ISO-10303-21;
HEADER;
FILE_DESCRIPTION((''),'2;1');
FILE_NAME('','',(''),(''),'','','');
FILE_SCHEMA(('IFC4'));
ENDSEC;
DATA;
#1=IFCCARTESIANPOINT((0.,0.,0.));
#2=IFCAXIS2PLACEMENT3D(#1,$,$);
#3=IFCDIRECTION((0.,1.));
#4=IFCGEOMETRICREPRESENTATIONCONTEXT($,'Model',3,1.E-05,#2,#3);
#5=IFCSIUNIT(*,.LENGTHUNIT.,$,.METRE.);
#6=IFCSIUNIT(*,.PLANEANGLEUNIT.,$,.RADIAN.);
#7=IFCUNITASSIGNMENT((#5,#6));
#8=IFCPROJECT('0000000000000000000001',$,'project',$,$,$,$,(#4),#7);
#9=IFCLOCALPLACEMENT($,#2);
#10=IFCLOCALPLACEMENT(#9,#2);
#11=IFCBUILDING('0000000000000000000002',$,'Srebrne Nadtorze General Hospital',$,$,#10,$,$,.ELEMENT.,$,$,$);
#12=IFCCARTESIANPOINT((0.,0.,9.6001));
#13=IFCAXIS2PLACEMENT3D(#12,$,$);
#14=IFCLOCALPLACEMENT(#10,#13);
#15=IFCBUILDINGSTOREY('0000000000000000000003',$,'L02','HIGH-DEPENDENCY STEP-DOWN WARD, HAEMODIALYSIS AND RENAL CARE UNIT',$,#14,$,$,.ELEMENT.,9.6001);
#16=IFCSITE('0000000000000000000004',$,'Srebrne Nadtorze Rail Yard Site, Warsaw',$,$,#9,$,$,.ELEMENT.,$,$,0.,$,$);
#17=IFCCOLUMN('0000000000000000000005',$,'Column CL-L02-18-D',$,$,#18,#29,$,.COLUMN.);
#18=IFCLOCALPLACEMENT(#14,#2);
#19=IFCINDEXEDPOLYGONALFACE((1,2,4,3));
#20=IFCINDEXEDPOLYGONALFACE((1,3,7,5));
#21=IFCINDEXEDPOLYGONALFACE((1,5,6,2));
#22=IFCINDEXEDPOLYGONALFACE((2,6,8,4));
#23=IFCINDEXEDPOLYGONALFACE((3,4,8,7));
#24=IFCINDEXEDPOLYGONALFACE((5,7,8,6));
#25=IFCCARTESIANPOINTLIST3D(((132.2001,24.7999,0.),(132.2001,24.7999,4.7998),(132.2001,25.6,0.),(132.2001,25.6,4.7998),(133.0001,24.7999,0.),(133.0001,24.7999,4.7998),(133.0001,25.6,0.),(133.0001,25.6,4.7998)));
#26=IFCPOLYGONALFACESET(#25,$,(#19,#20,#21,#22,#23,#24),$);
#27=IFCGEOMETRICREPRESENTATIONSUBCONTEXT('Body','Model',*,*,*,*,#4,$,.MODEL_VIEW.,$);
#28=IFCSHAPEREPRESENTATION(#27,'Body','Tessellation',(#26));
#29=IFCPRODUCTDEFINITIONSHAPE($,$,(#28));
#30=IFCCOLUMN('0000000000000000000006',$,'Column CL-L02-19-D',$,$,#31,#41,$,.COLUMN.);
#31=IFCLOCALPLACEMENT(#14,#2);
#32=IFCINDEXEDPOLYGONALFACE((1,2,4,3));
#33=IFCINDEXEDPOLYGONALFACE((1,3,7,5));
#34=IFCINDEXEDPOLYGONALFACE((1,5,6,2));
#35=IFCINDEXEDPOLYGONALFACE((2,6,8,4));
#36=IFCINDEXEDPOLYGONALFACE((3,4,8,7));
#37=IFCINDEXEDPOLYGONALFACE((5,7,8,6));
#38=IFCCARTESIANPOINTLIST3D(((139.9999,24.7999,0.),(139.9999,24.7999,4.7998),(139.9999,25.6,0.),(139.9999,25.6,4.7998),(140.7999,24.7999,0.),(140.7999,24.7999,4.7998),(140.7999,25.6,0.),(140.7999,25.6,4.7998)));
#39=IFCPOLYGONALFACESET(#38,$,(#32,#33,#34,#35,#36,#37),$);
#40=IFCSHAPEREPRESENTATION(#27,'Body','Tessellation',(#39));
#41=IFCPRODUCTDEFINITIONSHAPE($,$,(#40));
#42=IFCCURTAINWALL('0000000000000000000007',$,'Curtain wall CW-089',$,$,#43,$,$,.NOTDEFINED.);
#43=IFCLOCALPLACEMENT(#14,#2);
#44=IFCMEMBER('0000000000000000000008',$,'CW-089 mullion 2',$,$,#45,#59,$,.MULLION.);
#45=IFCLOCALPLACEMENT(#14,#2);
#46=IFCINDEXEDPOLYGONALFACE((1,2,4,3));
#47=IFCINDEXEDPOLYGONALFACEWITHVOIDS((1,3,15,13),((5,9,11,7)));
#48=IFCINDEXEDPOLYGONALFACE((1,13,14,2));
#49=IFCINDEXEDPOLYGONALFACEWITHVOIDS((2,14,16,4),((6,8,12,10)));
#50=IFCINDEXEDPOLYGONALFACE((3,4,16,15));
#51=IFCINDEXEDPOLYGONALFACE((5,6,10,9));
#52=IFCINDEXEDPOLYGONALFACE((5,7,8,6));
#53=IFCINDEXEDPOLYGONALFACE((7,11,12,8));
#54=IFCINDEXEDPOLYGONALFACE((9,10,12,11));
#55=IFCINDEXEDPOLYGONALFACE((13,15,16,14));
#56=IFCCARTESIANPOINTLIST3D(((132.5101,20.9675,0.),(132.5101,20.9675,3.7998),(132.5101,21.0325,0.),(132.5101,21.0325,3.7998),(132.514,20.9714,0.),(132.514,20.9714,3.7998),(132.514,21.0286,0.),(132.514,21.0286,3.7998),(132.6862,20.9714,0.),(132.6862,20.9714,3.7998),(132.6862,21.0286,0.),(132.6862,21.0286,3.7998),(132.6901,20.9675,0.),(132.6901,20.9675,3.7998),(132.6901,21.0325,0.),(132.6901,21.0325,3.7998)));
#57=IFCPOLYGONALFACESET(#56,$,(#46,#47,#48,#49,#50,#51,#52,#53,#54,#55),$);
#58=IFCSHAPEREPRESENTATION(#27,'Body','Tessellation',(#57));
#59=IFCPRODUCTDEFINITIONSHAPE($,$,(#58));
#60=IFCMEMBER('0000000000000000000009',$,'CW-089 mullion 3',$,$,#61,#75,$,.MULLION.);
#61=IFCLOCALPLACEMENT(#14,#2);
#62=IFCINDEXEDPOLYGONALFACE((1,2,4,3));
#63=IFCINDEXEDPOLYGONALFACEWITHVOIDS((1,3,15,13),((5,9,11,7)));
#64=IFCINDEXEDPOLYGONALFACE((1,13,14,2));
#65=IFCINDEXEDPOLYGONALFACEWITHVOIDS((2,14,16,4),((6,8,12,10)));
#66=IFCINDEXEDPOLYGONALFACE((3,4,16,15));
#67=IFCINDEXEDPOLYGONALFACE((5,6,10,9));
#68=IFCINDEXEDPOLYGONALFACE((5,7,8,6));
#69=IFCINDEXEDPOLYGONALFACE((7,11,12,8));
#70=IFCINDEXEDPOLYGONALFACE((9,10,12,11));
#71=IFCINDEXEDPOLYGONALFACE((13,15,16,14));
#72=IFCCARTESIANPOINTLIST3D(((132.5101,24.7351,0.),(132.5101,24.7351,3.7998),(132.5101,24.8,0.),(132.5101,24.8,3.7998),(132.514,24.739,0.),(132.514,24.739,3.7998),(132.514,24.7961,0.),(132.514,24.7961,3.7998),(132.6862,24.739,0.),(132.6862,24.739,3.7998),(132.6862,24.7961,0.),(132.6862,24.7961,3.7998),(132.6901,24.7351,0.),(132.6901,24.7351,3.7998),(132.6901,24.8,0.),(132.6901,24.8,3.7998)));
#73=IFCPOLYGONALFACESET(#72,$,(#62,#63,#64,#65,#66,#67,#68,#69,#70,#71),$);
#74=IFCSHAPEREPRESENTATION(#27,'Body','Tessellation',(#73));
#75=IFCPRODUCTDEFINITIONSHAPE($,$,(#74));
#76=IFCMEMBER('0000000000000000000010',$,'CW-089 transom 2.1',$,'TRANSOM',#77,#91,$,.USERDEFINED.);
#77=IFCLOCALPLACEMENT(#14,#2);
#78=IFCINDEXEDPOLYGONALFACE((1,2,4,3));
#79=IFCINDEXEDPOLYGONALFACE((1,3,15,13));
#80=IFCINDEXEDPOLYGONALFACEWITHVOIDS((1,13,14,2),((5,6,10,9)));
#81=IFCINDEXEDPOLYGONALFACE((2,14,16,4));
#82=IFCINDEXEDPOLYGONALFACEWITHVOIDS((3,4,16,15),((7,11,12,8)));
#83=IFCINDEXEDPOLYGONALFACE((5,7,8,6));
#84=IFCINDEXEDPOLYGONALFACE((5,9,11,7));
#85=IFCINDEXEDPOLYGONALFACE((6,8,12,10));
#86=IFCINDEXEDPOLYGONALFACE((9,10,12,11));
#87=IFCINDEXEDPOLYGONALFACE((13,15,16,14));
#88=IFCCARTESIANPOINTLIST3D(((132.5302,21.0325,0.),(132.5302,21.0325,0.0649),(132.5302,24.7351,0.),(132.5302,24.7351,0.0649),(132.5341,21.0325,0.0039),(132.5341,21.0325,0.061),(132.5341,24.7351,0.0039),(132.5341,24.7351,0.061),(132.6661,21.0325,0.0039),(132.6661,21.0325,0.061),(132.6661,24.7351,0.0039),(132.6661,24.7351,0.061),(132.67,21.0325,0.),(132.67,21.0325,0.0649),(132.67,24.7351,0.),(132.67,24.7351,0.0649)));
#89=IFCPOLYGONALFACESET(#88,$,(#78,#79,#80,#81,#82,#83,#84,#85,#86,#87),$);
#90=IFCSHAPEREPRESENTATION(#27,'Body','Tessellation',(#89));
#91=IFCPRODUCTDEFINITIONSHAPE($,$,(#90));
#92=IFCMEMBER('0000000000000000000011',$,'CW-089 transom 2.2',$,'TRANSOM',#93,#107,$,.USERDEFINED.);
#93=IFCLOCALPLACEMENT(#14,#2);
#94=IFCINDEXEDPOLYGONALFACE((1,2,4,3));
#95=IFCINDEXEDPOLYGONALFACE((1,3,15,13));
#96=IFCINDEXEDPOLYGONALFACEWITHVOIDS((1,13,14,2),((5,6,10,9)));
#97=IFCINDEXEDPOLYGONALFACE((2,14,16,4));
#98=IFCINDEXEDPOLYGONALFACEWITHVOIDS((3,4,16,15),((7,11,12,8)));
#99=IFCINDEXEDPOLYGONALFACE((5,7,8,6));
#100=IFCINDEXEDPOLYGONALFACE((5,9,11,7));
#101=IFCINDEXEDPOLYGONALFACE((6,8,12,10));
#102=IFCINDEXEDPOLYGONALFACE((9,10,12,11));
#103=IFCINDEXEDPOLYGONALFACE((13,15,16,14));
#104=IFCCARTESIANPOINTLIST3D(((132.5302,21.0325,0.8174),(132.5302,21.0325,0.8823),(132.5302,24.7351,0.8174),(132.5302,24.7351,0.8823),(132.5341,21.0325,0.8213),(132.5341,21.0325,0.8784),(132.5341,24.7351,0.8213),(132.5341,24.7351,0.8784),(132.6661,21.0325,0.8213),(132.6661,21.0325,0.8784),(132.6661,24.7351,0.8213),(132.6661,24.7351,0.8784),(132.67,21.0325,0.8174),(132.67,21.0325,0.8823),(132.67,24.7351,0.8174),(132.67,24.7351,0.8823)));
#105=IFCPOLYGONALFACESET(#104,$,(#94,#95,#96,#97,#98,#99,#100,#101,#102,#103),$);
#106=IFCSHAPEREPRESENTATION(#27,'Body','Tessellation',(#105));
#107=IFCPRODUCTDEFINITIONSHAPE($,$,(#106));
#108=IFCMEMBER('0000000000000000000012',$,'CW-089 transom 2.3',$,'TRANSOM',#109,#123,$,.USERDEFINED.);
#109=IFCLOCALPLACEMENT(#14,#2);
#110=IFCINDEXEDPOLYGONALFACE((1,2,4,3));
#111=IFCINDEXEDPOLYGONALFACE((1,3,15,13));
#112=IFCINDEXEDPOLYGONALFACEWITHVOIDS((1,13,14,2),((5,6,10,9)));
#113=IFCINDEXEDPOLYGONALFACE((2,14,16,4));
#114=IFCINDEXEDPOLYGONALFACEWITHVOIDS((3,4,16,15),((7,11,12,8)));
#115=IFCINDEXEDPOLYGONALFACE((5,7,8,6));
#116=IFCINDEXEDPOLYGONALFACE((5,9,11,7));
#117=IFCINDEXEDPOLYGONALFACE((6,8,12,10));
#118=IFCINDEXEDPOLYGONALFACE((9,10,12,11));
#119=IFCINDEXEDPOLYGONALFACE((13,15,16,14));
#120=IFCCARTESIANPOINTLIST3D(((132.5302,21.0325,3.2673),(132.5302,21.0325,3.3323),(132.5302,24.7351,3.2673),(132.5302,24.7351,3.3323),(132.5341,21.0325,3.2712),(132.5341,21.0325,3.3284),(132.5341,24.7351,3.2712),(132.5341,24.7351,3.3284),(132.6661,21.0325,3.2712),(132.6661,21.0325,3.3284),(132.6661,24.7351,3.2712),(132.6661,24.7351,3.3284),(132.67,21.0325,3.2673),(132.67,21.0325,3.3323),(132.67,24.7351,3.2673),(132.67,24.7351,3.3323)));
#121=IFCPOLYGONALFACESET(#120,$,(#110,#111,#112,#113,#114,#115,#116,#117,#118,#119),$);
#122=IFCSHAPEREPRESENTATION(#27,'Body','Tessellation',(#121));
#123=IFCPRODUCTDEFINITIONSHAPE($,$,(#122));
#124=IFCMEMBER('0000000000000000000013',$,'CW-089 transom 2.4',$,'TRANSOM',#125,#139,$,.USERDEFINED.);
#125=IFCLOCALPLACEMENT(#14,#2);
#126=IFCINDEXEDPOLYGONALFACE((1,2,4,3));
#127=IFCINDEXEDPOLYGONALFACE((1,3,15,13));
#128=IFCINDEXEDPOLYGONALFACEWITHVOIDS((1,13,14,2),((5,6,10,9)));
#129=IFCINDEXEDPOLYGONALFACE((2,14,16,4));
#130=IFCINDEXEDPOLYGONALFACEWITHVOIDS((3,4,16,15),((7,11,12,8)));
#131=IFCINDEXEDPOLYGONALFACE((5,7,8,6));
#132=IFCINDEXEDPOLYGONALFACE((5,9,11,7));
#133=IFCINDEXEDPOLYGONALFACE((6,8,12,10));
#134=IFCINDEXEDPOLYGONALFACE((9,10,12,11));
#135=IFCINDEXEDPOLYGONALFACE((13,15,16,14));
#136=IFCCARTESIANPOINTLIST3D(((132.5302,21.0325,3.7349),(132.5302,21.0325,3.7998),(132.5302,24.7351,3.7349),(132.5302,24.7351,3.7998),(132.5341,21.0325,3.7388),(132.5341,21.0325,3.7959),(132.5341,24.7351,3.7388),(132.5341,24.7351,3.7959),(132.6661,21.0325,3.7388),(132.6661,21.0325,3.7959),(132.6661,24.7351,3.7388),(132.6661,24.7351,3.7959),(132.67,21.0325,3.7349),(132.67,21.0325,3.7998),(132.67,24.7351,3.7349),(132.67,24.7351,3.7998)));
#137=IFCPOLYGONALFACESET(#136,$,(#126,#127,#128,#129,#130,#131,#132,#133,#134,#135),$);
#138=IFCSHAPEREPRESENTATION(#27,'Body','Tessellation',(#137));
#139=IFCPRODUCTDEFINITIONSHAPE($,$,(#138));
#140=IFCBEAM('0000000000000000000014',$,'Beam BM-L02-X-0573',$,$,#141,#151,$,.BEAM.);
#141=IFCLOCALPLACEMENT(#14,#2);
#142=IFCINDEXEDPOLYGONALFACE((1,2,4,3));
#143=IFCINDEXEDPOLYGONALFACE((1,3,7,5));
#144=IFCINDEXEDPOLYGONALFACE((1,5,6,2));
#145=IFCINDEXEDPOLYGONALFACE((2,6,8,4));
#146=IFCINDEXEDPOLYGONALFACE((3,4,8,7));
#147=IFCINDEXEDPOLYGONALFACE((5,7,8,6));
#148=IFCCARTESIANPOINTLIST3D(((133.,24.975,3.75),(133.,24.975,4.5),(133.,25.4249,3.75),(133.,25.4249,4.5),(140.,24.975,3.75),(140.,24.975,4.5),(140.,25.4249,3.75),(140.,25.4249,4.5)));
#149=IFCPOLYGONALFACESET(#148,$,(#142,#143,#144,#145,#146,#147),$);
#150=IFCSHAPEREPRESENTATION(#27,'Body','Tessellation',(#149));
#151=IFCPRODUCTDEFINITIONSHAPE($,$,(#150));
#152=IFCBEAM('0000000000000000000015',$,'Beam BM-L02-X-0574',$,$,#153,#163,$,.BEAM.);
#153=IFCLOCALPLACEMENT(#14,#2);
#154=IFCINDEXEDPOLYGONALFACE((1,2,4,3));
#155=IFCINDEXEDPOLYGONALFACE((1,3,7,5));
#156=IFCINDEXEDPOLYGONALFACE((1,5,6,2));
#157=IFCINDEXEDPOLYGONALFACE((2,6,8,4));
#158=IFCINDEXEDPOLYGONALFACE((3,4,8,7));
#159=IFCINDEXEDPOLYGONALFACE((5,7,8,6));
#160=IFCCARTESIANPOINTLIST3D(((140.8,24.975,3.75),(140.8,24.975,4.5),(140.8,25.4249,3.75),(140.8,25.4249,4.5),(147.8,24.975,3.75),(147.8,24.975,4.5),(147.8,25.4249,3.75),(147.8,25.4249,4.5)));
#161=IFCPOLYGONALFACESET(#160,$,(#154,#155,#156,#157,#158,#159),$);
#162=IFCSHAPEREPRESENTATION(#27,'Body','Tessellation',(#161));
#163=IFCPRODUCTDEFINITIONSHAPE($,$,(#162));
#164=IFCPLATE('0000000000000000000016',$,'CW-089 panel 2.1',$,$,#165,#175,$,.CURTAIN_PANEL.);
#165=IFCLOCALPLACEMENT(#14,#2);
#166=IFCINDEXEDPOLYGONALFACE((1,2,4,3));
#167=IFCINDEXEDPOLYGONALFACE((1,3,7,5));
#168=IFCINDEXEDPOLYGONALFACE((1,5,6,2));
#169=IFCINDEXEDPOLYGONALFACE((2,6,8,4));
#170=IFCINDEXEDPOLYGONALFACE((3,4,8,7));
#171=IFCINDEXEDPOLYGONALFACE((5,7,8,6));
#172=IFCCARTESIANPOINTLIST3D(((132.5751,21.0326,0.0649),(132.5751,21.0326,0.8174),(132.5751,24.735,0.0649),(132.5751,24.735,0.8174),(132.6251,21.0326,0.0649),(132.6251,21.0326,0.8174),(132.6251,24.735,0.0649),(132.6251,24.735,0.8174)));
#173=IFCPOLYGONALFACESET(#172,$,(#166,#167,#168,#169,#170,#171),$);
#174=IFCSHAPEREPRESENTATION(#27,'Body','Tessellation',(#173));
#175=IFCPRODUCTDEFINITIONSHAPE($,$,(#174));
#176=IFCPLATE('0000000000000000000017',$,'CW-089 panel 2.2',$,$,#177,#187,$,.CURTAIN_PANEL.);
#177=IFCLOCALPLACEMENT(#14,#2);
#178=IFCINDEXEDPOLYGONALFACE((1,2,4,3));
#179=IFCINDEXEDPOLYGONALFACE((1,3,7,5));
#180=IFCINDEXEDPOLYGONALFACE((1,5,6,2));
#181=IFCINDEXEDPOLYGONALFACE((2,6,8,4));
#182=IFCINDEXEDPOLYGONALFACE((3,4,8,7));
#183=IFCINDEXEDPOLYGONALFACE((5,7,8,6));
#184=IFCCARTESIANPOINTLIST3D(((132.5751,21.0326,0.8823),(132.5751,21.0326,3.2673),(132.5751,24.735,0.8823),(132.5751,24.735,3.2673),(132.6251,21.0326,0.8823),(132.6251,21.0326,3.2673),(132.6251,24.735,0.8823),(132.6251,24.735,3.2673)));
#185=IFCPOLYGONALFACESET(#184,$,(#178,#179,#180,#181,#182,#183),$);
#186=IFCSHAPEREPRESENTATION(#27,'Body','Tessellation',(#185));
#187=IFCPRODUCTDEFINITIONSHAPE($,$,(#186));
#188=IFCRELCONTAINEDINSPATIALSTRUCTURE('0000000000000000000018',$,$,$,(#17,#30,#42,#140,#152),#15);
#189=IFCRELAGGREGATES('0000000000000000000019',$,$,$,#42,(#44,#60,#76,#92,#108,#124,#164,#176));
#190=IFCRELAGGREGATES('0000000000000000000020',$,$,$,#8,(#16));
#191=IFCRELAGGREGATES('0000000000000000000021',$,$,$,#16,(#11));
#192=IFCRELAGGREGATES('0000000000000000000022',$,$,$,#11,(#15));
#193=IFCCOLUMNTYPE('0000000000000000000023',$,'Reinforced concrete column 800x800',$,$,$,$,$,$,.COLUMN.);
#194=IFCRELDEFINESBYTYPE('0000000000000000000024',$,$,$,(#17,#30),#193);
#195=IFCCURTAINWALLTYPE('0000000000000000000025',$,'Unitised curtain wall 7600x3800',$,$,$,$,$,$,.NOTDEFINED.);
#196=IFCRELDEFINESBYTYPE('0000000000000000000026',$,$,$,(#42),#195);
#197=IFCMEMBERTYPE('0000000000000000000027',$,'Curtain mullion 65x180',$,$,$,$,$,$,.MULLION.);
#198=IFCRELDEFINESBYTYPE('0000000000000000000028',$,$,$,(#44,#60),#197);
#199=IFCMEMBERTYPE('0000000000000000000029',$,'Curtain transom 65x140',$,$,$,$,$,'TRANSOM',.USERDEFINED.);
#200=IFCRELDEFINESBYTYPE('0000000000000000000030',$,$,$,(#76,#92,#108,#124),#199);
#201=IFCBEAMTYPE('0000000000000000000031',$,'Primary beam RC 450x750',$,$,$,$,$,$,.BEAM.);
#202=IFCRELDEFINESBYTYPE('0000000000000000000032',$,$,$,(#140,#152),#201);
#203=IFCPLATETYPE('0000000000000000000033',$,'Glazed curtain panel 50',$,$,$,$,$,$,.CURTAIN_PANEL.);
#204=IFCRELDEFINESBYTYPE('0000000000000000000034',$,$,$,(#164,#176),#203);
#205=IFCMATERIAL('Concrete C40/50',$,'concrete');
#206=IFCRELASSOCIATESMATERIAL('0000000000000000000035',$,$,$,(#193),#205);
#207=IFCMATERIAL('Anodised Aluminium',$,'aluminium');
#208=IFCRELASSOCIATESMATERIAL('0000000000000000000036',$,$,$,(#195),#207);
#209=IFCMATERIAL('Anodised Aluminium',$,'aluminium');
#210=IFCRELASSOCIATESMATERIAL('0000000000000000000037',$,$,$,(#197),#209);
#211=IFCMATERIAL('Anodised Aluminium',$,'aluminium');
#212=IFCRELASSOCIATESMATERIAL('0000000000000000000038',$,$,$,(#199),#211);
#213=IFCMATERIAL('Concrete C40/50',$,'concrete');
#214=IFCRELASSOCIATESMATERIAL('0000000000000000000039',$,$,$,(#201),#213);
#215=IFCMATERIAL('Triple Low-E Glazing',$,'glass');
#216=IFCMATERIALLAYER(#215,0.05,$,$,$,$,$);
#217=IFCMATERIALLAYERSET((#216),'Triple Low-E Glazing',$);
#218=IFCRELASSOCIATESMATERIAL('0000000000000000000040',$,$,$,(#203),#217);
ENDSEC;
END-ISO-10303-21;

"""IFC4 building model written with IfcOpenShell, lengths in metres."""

from ifc_helpers import new_model, si_unit, direction, frame, origin, origin_2d, place, context, subcontext, project, spatial, rectangle, hollow_rectangle, extrude, material, layer, layer_set, material_profile, profile_set, type_object, element, aggregate, save


model = new_model("IFC4")

# Units and contexts
model_context = context("Model", 3, precision=1e-05, world=origin(), true_north=direction((0.0, 1.0)))
body_context = subcontext(model_context, "Body", "Model", "MODEL_VIEW")
ifc_project = project(units=[si_unit("LENGTHUNIT", "METRE"), si_unit("PLANEANGLEUNIT", "RADIAN")], contexts=[model_context])

# Site, building, storey
site_placement = place(None, origin())
site = spatial("IfcSite", under=ifc_project, at=site_placement, Name="Srebrne Nadtorze Rail Yard Site, Warsaw", CompositionType="ELEMENT", RefElevation=0.0)
building_placement = place(site_placement, origin())
building = spatial("IfcBuilding", under=site, at=building_placement, Name="Srebrne Nadtorze General Hospital", CompositionType="ELEMENT")
storey_placement = place(building_placement, frame((0.0, 0.0, 9.6001)))
storey = spatial("IfcBuildingStorey", under=building, at=storey_placement, Name="L02", Description="HIGH-DEPENDENCY STEP-DOWN WARD, HAEMODIALYSIS AND RENAL CARE UNIT", CompositionType="ELEMENT", Elevation=9.6001)

# Columns
ifc_material_1 = material(Name="Concrete C40/50", Category="concrete")
ifc_material_profile_1 = material_profile(ifc_material_1, rectangle(XDim=0.8, YDim=0.8, at=origin_2d()), Name="RC-COL-800x800")
ifc_profile_set_1 = profile_set([ifc_material_profile_1], Name="Concrete C40/50")
column_type = type_object("IfcColumnType", Name="Reinforced concrete column 800x800", PredefinedType="COLUMN", material=ifc_profile_set_1)
for number, where, z_axis, x_axis, name in (
    (1, (132.6001, 25.2, 0.0), (0.0, 0.0, 1.0), (1.0, 0.0, 0.0), "Column CL-L02-18-D"),
    (2, (140.3999, 25.2, 0.0), (0.0, 0.0, 1.0), (1.0, 0.0, 0.0), "Column CL-L02-19-D"),
):
    element("IfcColumn", number, at=place(storey_placement, frame(where, z_axis=z_axis, x_axis=x_axis)), inside=storey, type_object=column_type, Name=name, PredefinedType="COLUMN", context=body_context, shape_type="SweptSolid", body=[
        extrude(rectangle(XDim=0.8, YDim=0.8, at=origin_2d()), origin(), (0.0, 0.0, 1.0), 4.7998),
    ])

# Curtain wall, members
ifc_material_2 = material(Name="Anodised Aluminium", Category="aluminium")
curtain_wall_type = type_object("IfcCurtainWallType", Name="Unitised curtain wall 7600x3800", PredefinedType="NOTDEFINED", material=ifc_material_2)
curtain_wall_placement = place(storey_placement, origin())
curtain_wall = element("IfcCurtainWall", 3, at=curtain_wall_placement, inside=storey, type_object=curtain_wall_type, Name="Curtain wall CW-089", PredefinedType="NOTDEFINED")
ifc_material_3 = material(Name="Anodised Aluminium", Category="aluminium")
ifc_material_profile_2 = material_profile(ifc_material_3, hollow_rectangle(XDim=0.0649, YDim=0.1799, WallThickness=0.0039, at=origin_2d()), Name="AL-MUL-65x180")
ifc_profile_set_2 = profile_set([ifc_material_profile_2], Name="Anodised Aluminium")
member_type_1 = type_object("IfcMemberType", Name="Curtain mullion 65x180", PredefinedType="MULLION", material=ifc_profile_set_2)
member_1_placement = place(storey_placement, frame((132.6001, 21.0, 0.0), z_axis=(0.0, 0.0, 1.0), x_axis=(0.0, 1.0, 0.0)))
member_1 = element("IfcMember", 4, at=member_1_placement, type_object=member_type_1, Name="CW-089 mullion 2", PredefinedType="MULLION", context=body_context, shape_type="SweptSolid", body=[
    extrude(hollow_rectangle(XDim=0.0649, YDim=0.1799, WallThickness=0.0039, at=origin_2d()), origin(), (0.0, 0.0, 1.0), 3.7998),
])
member_2_placement = place(storey_placement, frame((132.6001, 24.7676, 0.0), z_axis=(0.0, 0.0, 1.0), x_axis=(0.0, 1.0, 0.0)))
member_2 = element("IfcMember", 5, at=member_2_placement, type_object=member_type_1, Name="CW-089 mullion 3", PredefinedType="MULLION", context=body_context, shape_type="SweptSolid", body=[
    extrude(hollow_rectangle(XDim=0.0649, YDim=0.1799, WallThickness=0.0039, at=origin_2d()), origin(), (0.0, 0.0, 1.0), 3.7998),
])
ifc_material_4 = material(Name="Anodised Aluminium", Category="aluminium")
ifc_material_profile_3 = material_profile(ifc_material_4, hollow_rectangle(XDim=0.0649, YDim=0.1399, WallThickness=0.0039, at=origin_2d()), Name="AL-TRN-65x140")
ifc_profile_set_3 = profile_set([ifc_material_profile_3], Name="Anodised Aluminium")
member_type_2 = type_object("IfcMemberType", Name="Curtain transom 65x140", ElementType="TRANSOM", PredefinedType="USERDEFINED", material=ifc_profile_set_3)
member_3_placement = place(storey_placement, frame((132.6001, 21.0325, 0.0325), z_axis=(0.0, 1.0, 0.0), x_axis=(0.0, 0.0, 1.0)))
member_3 = element("IfcMember", 6, at=member_3_placement, type_object=member_type_2, Name="CW-089 transom 2.1", ObjectType="TRANSOM", PredefinedType="USERDEFINED", context=body_context, shape_type="SweptSolid", body=[
    extrude(hollow_rectangle(XDim=0.0649, YDim=0.1399, WallThickness=0.0039, at=origin_2d()), origin(), (0.0, 0.0, 1.0), 3.7026),
])
member_4_placement = place(storey_placement, frame((132.6001, 21.0325, 0.8499), z_axis=(0.0, 1.0, 0.0), x_axis=(0.0, 0.0, 1.0)))
member_4 = element("IfcMember", 7, at=member_4_placement, type_object=member_type_2, Name="CW-089 transom 2.2", ObjectType="TRANSOM", PredefinedType="USERDEFINED", context=body_context, shape_type="SweptSolid", body=[
    extrude(hollow_rectangle(XDim=0.0649, YDim=0.1399, WallThickness=0.0039, at=origin_2d()), origin(), (0.0, 0.0, 1.0), 3.7026),
])
member_5_placement = place(storey_placement, frame((132.6001, 21.0325, 3.2998), z_axis=(0.0, 1.0, 0.0), x_axis=(0.0, 0.0, 1.0)))
member_5 = element("IfcMember", 8, at=member_5_placement, type_object=member_type_2, Name="CW-089 transom 2.3", ObjectType="TRANSOM", PredefinedType="USERDEFINED", context=body_context, shape_type="SweptSolid", body=[
    extrude(hollow_rectangle(XDim=0.0649, YDim=0.1399, WallThickness=0.0039, at=origin_2d()), origin(), (0.0, 0.0, 1.0), 3.7026),
])
member_6_placement = place(storey_placement, frame((132.6001, 21.0325, 3.7673), z_axis=(0.0, 1.0, 0.0), x_axis=(0.0, 0.0, 1.0)))
member_6 = element("IfcMember", 9, at=member_6_placement, type_object=member_type_2, Name="CW-089 transom 2.4", ObjectType="TRANSOM", PredefinedType="USERDEFINED", context=body_context, shape_type="SweptSolid", body=[
    extrude(hollow_rectangle(XDim=0.0649, YDim=0.1399, WallThickness=0.0039, at=origin_2d()), origin(), (0.0, 0.0, 1.0), 3.7026),
])

# Beams
ifc_material_5 = material(Name="Concrete C40/50", Category="concrete")
ifc_material_profile_4 = material_profile(ifc_material_5, rectangle(XDim=0.45, YDim=0.75, at=origin_2d()), Name="RC-BM-450x750")
ifc_profile_set_4 = profile_set([ifc_material_profile_4], Name="Concrete C40/50")
beam_type = type_object("IfcBeamType", Name="Primary beam RC 450x750", PredefinedType="BEAM", material=ifc_profile_set_4)
for number, where, z_axis, x_axis, name in (
    (10, (133.0, 25.2, 4.125), (1.0, 0.0, 0.0), (0.0, 1.0, 0.0), "Beam BM-L02-X-0573"),
    (11, (140.8, 25.2, 4.125), (1.0, 0.0, 0.0), (0.0, 1.0, 0.0), "Beam BM-L02-X-0574"),
):
    element("IfcBeam", number, at=place(storey_placement, frame(where, z_axis=z_axis, x_axis=x_axis)), inside=storey, type_object=beam_type, Name=name, PredefinedType="BEAM", context=body_context, shape_type="SweptSolid", body=[
        extrude(rectangle(XDim=0.45, YDim=0.75, at=origin_2d()), origin(), (0.0, 0.0, 1.0), 7.0),
    ])

# Plates
ifc_material_6 = material(Name="Triple Low-E Glazing", Category="glass")
ifc_layer_1 = layer(ifc_material_6, 0.05)
ifc_layer_set_1 = layer_set([ifc_layer_1], Name="Triple Low-E Glazing")
plate_type = type_object("IfcPlateType", Name="Glazed curtain panel 50", PredefinedType="CURTAIN_PANEL", material=ifc_layer_set_1)
plate_1_placement = place(storey_placement, frame((132.6001, 22.8838, 0.0649), z_axis=(0.0, 0.0, 1.0), x_axis=(0.0, 1.0, 0.0)))
plate_1 = element("IfcPlate", 12, at=plate_1_placement, type_object=plate_type, Name="CW-089 panel 2.1", PredefinedType="CURTAIN_PANEL", context=body_context, shape_type="SweptSolid", body=[
    extrude(rectangle(XDim=3.7024, YDim=0.05, at=origin_2d()), origin(), (0.0, 0.0, 1.0), 0.7524),
])
plate_2_placement = place(storey_placement, frame((132.6001, 22.8838, 0.8823), z_axis=(0.0, 0.0, 1.0), x_axis=(0.0, 1.0, 0.0)))
plate_2 = element("IfcPlate", 13, at=plate_2_placement, type_object=plate_type, Name="CW-089 panel 2.2", PredefinedType="CURTAIN_PANEL", context=body_context, shape_type="SweptSolid", body=[
    extrude(rectangle(XDim=3.7024, YDim=0.05, at=origin_2d()), origin(), (0.0, 0.0, 1.0), 2.385),
])
aggregate(curtain_wall, [member_1, member_2, member_3, member_4, member_5, member_6, plate_1, plate_2])

save(model, "model.ifc")
